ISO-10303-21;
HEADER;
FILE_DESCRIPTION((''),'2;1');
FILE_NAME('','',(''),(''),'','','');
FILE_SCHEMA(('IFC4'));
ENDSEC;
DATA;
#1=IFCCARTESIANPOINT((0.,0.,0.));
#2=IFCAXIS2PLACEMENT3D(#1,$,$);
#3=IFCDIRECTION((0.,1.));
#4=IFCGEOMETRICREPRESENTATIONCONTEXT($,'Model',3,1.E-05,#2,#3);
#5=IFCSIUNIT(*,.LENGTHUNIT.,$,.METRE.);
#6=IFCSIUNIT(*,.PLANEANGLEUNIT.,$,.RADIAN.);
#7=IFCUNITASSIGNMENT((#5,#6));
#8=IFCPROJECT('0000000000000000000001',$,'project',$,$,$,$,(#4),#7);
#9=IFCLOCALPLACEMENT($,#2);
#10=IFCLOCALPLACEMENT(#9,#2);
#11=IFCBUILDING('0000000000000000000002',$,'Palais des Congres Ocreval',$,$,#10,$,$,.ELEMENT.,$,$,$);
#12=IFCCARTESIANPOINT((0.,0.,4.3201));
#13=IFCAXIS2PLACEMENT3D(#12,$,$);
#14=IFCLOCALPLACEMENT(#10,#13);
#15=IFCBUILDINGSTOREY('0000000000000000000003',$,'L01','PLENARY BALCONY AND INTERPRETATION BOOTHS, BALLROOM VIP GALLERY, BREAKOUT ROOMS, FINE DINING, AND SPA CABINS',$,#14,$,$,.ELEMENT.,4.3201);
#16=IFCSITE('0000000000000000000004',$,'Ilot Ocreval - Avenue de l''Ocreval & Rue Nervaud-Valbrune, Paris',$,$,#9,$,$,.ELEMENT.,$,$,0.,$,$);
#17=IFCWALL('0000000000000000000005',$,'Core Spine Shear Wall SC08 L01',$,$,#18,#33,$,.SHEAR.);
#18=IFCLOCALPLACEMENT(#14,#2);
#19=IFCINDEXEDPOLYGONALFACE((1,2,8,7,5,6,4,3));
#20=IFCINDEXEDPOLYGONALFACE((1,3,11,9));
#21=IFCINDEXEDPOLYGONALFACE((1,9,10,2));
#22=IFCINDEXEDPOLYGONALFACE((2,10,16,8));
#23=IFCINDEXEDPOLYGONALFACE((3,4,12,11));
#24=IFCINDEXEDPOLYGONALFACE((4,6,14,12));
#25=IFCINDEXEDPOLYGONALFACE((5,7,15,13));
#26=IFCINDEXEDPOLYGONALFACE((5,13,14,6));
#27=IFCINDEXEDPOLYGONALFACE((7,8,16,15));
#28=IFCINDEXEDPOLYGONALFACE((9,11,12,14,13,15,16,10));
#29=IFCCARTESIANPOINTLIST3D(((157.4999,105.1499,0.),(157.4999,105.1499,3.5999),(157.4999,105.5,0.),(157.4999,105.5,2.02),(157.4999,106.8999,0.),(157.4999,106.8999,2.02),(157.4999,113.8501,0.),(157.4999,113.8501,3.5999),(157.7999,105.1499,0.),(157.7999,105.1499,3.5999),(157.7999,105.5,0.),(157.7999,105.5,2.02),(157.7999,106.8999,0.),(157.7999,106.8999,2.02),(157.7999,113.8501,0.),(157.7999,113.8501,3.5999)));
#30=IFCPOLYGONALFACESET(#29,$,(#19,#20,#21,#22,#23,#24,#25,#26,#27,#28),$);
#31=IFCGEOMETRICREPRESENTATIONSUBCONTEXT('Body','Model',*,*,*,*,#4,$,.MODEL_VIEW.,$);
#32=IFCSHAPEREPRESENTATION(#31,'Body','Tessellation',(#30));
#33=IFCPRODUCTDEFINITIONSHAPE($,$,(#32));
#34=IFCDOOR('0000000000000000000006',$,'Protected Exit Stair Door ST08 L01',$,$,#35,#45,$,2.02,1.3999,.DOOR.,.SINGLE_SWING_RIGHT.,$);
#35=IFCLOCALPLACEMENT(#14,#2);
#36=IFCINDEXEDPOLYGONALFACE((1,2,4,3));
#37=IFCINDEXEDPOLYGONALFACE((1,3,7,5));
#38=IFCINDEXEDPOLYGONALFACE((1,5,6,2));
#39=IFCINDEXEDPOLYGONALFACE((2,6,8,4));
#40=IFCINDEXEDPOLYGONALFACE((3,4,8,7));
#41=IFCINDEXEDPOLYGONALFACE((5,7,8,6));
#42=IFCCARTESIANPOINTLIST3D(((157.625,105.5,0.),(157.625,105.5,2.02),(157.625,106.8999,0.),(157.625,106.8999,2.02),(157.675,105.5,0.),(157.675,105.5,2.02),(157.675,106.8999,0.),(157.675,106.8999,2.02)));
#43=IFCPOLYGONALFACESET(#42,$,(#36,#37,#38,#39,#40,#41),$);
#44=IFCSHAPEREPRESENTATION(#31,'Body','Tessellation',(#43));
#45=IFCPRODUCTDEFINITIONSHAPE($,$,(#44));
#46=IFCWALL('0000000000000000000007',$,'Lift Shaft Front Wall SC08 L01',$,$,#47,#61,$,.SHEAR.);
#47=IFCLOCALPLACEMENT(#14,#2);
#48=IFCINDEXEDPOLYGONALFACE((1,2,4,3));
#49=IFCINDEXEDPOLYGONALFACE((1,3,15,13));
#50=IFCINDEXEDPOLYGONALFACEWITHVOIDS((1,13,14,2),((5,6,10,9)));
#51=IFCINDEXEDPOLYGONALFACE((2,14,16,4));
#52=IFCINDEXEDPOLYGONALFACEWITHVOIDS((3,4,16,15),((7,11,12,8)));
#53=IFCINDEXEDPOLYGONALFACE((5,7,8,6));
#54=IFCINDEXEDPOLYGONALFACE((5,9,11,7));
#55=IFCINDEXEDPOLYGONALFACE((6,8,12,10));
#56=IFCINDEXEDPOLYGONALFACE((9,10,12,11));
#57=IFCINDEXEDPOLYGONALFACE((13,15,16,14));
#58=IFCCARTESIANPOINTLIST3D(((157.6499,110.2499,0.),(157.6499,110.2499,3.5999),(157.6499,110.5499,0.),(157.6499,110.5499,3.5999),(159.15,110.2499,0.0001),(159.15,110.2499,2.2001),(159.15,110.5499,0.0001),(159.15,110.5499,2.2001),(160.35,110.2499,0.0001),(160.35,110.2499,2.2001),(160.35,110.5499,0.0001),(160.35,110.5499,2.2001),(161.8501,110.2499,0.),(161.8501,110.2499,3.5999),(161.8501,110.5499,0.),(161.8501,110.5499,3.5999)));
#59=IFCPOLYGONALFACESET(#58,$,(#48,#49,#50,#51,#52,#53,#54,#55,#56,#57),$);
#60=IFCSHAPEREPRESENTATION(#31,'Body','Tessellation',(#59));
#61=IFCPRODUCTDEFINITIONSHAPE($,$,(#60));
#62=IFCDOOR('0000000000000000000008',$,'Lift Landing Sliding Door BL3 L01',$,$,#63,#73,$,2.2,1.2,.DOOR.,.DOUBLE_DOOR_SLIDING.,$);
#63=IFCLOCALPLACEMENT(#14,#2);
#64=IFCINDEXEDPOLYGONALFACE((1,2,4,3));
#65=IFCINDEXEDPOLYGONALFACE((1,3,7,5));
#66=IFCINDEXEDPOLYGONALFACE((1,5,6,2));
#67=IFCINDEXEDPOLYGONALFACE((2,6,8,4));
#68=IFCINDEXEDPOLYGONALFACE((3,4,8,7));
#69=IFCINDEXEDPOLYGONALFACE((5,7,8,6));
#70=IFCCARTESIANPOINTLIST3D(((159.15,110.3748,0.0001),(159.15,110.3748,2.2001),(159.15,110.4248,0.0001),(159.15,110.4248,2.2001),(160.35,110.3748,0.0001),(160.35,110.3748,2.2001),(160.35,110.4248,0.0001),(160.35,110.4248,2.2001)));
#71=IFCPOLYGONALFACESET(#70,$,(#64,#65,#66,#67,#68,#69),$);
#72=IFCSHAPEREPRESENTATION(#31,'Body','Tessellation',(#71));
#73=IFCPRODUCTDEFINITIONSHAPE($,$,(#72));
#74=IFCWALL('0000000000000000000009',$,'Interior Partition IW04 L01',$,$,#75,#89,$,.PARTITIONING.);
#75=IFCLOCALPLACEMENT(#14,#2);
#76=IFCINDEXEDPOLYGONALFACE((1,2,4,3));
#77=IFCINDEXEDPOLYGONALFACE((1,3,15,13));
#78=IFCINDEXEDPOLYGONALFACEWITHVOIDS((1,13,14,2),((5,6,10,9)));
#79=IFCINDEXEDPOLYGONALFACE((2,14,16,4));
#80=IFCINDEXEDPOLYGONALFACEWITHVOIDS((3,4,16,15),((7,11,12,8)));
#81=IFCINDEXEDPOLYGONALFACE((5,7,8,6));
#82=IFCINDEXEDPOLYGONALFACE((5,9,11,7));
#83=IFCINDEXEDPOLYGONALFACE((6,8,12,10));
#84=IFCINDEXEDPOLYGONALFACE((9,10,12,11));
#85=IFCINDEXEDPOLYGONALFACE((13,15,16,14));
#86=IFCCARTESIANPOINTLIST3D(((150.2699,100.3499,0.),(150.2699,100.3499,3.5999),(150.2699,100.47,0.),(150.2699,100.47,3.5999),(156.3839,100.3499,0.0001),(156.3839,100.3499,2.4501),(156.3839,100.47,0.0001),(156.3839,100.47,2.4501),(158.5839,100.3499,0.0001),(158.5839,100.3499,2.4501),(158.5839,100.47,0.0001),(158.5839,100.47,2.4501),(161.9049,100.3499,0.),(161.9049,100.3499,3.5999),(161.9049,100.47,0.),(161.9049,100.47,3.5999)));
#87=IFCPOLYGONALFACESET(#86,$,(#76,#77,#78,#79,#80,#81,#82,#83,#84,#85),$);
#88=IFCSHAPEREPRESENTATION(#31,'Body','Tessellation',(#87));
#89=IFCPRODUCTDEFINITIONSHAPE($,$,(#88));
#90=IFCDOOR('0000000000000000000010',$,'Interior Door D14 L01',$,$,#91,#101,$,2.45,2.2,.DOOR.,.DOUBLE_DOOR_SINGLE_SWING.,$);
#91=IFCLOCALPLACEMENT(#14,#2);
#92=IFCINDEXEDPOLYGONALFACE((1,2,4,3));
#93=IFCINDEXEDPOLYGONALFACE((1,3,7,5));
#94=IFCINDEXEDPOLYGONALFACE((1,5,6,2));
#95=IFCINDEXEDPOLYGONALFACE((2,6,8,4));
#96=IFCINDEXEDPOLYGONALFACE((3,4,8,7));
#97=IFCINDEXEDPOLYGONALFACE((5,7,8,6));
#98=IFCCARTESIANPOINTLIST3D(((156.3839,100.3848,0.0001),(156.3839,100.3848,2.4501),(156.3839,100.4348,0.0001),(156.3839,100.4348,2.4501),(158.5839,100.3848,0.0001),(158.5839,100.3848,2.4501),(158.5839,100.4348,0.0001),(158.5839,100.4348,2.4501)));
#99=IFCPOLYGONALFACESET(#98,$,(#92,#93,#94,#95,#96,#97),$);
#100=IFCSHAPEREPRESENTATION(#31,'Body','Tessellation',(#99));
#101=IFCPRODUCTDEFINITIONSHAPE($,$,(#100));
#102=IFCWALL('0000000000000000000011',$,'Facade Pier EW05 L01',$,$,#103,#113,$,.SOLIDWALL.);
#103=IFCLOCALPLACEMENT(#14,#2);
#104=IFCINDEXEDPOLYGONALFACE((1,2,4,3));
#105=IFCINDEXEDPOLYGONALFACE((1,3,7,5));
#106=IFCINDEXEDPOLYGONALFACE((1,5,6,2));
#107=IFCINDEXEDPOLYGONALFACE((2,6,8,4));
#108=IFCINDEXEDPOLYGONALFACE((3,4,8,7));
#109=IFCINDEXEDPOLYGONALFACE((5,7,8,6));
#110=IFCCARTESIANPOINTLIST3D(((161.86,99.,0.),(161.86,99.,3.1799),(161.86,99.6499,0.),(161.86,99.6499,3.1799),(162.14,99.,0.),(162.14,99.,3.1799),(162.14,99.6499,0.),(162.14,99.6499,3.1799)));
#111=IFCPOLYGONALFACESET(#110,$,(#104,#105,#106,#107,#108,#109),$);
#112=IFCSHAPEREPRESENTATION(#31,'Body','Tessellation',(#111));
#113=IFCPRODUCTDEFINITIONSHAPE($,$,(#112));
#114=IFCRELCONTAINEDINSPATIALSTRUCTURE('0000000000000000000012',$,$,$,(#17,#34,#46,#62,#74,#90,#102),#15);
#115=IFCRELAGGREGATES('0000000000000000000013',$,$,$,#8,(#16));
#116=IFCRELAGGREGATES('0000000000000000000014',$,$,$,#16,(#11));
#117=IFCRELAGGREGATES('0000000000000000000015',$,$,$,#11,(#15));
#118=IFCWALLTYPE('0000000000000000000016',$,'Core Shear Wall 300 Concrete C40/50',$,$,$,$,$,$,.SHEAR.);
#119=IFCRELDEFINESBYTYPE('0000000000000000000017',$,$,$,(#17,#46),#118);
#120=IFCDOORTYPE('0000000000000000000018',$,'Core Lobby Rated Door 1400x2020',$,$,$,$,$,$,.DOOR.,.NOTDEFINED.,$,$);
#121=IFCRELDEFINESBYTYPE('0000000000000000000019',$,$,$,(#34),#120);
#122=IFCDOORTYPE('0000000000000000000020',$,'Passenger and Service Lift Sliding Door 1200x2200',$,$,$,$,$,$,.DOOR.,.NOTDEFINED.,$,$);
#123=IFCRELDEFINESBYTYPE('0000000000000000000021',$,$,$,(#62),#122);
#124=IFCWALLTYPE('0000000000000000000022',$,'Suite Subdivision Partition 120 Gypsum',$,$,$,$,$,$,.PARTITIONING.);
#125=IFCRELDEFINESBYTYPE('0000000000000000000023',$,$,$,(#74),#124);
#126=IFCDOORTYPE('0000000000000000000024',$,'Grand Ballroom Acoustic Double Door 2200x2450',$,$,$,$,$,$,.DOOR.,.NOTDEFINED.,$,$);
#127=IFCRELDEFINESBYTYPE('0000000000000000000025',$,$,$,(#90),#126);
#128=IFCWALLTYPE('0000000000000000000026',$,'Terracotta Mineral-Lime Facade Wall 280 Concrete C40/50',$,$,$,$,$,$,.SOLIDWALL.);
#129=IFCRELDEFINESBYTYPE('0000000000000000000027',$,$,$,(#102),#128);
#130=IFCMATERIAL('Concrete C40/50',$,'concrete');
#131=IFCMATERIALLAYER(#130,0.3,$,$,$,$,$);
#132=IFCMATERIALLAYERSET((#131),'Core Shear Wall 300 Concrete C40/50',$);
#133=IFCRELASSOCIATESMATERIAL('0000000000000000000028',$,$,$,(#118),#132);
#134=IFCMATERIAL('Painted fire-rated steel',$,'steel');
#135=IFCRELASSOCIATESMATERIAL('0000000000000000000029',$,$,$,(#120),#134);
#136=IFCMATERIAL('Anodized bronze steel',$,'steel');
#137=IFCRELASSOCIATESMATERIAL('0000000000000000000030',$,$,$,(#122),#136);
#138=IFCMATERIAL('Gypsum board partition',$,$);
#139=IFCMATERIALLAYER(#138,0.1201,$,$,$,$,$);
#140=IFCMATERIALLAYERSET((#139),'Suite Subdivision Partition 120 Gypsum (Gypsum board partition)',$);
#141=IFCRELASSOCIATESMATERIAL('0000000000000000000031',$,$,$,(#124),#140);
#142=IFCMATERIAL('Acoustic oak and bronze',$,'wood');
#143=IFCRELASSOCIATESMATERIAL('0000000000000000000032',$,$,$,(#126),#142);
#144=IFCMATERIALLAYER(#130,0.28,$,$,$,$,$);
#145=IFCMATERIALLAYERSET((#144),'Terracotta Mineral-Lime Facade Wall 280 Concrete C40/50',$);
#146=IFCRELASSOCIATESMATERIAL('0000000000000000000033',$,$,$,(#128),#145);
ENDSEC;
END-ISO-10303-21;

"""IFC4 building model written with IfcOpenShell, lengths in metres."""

from ifc_helpers import new_model, si_unit, direction, frame, frame_2d, origin, place, context, subcontext, project, spatial, rectangle, extrude, material, layer, layer_set, type_object, element, fill, save


model = new_model("IFC4")

# Units and contexts
model_context = context("Model", 3, precision=1e-05, world=origin(), true_north=direction((0.0, 1.0)))
body_context = subcontext(model_context, "Body", "Model", "MODEL_VIEW")
ifc_project = project(units=[si_unit("LENGTHUNIT", "METRE"), si_unit("PLANEANGLEUNIT", "RADIAN")], contexts=[model_context])

# Site, building, storey
site_placement = place(None, origin())
site = spatial("IfcSite", under=ifc_project, at=site_placement, Name="Ilot Ocreval - Avenue de l'Ocreval & Rue Nervaud-Valbrune, Paris", CompositionType="ELEMENT", RefElevation=0.0)
building_placement = place(site_placement, origin())
building = spatial("IfcBuilding", under=site, at=building_placement, Name="Palais des Congres Ocreval", CompositionType="ELEMENT")
storey_placement = place(building_placement, frame((0.0, 0.0, 4.3201)))
storey = spatial("IfcBuildingStorey", under=building, at=storey_placement, Name="L01", Description="PLENARY BALCONY AND INTERPRETATION BOOTHS, BALLROOM VIP GALLERY, BREAKOUT ROOMS, FINE DINING, AND SPA CABINS", CompositionType="ELEMENT", Elevation=4.3201)

# Shared definitions
ifc_material_1 = material(Name="Concrete C40/50", Category="concrete")

# Shared definitions
ifc_layer_1 = layer(ifc_material_1, 0.3)
ifc_layer_set_1 = layer_set([ifc_layer_1], Name="Core Shear Wall 300 Concrete C40/50")
wall_type_1 = type_object("IfcWallType", Name="Core Shear Wall 300 Concrete C40/50", PredefinedType="SHEAR", material=ifc_layer_set_1)
ifc_material_2 = material(Name="Painted fire-rated steel", Category="steel")
door_type_1 = type_object("IfcDoorType", Name="Core Lobby Rated Door 1400x2020", OperationType="NOTDEFINED", PredefinedType="DOOR", material=ifc_material_2)

# Walls, openings, doors
wall_1_placement = place(storey_placement, frame((157.6499, 105.1499, 0.0), z_axis=(0.0, 0.0, 1.0), x_axis=(0.0, 1.0, 0.0)))
wall_1 = element("IfcWall", 1, at=wall_1_placement, inside=storey, type_object=wall_type_1, Name="Core Spine Shear Wall SC08 L01", PredefinedType="SHEAR", context=body_context, shape_type="SweptSolid", body=[
    extrude(rectangle(XDim=8.7002, YDim=0.3, at=frame_2d((4.3501, 0.0))), origin(), (0.0, 0.0, 1.0), 3.5999),
])
opening_1_placement = place(wall_1_placement, frame((0.3501, 0.0, 0.0)))
opening_1 = element("IfcOpeningElement", 2, at=opening_1_placement, cuts=wall_1, PredefinedType="OPENING", context=body_context, shape_type="SweptSolid", body=[
    extrude(rectangle(XDim=1.3999, YDim=2.02, at=frame_2d((0.7, 1.01))), frame((0.0, 0.1599, 0.0), z_axis=(0.0, -1.0, 0.0), x_axis=(1.0, 0.0, 0.0)), (0.0, 0.0, 1.0), 0.3201),
])
door_1_placement = place(opening_1_placement, origin())
door_1 = element("IfcDoor", 3, at=door_1_placement, inside=storey, type_object=door_type_1, Name="Protected Exit Stair Door ST08 L01", OperationType="SINGLE_SWING_RIGHT", OverallHeight=2.02, OverallWidth=1.3999, PredefinedType="DOOR", context=body_context, shape_type="SweptSolid", body=[
    extrude(rectangle(XDim=1.3999, YDim=2.02, at=frame_2d((0.7, 1.01))), frame((0.0, 0.0249, 0.0), z_axis=(0.0, -1.0, 0.0), x_axis=(1.0, 0.0, 0.0)), (0.0, 0.0, 1.0), 0.05),
])
fill(opening_1, door_1)
wall_2_placement = place(storey_placement, frame((157.6499, 110.3999, 0.0), z_axis=(0.0, 0.0, 1.0), x_axis=(1.0, 0.0, 0.0)))
wall_2 = element("IfcWall", 4, at=wall_2_placement, inside=storey, type_object=wall_type_1, Name="Lift Shaft Front Wall SC08 L01", PredefinedType="SHEAR", context=body_context, shape_type="SweptSolid", body=[
    extrude(rectangle(XDim=4.2002, YDim=0.3, at=frame_2d((2.1001, 0.0))), origin(), (0.0, 0.0, 1.0), 3.5999),
])
opening_2_placement = place(wall_2_placement, frame((1.5, 0.0, 0.0)))
opening_2 = element("IfcOpeningElement", 5, at=opening_2_placement, cuts=wall_2, PredefinedType="OPENING", context=body_context, shape_type="SweptSolid", body=[
    extrude(rectangle(XDim=1.2, YDim=2.2, at=frame_2d((0.6001, 1.1001))), frame((0.0, 0.1599, 0.0), z_axis=(0.0, -1.0, 0.0), x_axis=(1.0, 0.0, 0.0)), (0.0, 0.0, 1.0), 0.3201),
])
ifc_material_3 = material(Name="Anodized bronze steel", Category="steel")
door_type_2 = type_object("IfcDoorType", Name="Passenger and Service Lift Sliding Door 1200x2200", OperationType="NOTDEFINED", PredefinedType="DOOR", material=ifc_material_3)
door_2_placement = place(opening_2_placement, origin())
door_2 = element("IfcDoor", 6, at=door_2_placement, inside=storey, type_object=door_type_2, Name="Lift Landing Sliding Door BL3 L01", OperationType="DOUBLE_DOOR_SLIDING", OverallHeight=2.2, OverallWidth=1.2, PredefinedType="DOOR", context=body_context, shape_type="SweptSolid", body=[
    extrude(rectangle(XDim=1.2, YDim=2.2, at=frame_2d((0.6001, 1.1001))), frame((0.0, 0.0249, 0.0), z_axis=(0.0, -1.0, 0.0), x_axis=(1.0, 0.0, 0.0)), (0.0, 0.0, 1.0), 0.05),
])
fill(opening_2, door_2)
ifc_material_4 = material(Name="Gypsum board partition")
ifc_layer_2 = layer(ifc_material_4, 0.1201)
ifc_layer_set_2 = layer_set([ifc_layer_2], Name="Suite Subdivision Partition 120 Gypsum (Gypsum board partition)")
wall_type_2 = type_object("IfcWallType", Name="Suite Subdivision Partition 120 Gypsum", PredefinedType="PARTITIONING", material=ifc_layer_set_2)
wall_3_placement = place(storey_placement, frame((150.27, 100.4099, 0.0), z_axis=(0.0, 0.0, 1.0), x_axis=(1.0, 0.0, 0.0)))
wall_3 = element("IfcWall", 7, at=wall_3_placement, inside=storey, type_object=wall_type_2, Name="Interior Partition IW04 L01", PredefinedType="PARTITIONING", context=body_context, shape_type="SweptSolid", body=[
    extrude(rectangle(XDim=11.635, YDim=0.1201, at=frame_2d((5.8174, 0.0))), origin(), (0.0, 0.0, 1.0), 3.5999),
])
opening_3_placement = place(wall_3_placement, frame((6.1138, 0.0, 0.0)))
opening_3 = element("IfcOpeningElement", 8, at=opening_3_placement, cuts=wall_3, PredefinedType="OPENING", context=body_context, shape_type="SweptSolid", body=[
    extrude(rectangle(XDim=2.2, YDim=2.45, at=frame_2d((1.1001, 1.2251))), frame((0.0, 0.0701, 0.0), z_axis=(0.0, -1.0, 0.0), x_axis=(1.0, 0.0, 0.0)), (0.0, 0.0, 1.0), 0.1401),
])
ifc_material_5 = material(Name="Acoustic oak and bronze", Category="wood")
door_type_3 = type_object("IfcDoorType", Name="Grand Ballroom Acoustic Double Door 2200x2450", OperationType="NOTDEFINED", PredefinedType="DOOR", material=ifc_material_5)
door_3_placement = place(opening_3_placement, origin())
door_3 = element("IfcDoor", 9, at=door_3_placement, inside=storey, type_object=door_type_3, Name="Interior Door D14 L01", OperationType="DOUBLE_DOOR_SINGLE_SWING", OverallHeight=2.45, OverallWidth=2.2, PredefinedType="DOOR", context=body_context, shape_type="SweptSolid", body=[
    extrude(rectangle(XDim=2.2, YDim=2.45, at=frame_2d((1.1001, 1.2251))), frame((0.0, 0.0249, 0.0), z_axis=(0.0, -1.0, 0.0), x_axis=(1.0, 0.0, 0.0)), (0.0, 0.0, 1.0), 0.05),
])
fill(opening_3, door_3)

# Wall
ifc_layer_3 = layer(ifc_material_1, 0.28)
ifc_layer_set_3 = layer_set([ifc_layer_3], Name="Terracotta Mineral-Lime Facade Wall 280 Concrete C40/50")
wall_type_3 = type_object("IfcWallType", Name="Terracotta Mineral-Lime Facade Wall 280 Concrete C40/50", PredefinedType="SOLIDWALL", material=ifc_layer_set_3)
wall_4_placement = place(storey_placement, frame((162.0, 99.6499, 0.0), z_axis=(0.0, 0.0, 1.0), x_axis=(0.0, -1.0, 0.0)))
element("IfcWall", 10, at=wall_4_placement, inside=storey, type_object=wall_type_3, Name="Facade Pier EW05 L01", PredefinedType="SOLIDWALL", context=body_context, shape_type="SweptSolid", body=[
    extrude(rectangle(XDim=0.6499, YDim=0.28, at=frame_2d((0.325, 0.0))), origin(), (0.0, 0.0, 1.0), 3.1799),
])

save(model, "model.ifc")
